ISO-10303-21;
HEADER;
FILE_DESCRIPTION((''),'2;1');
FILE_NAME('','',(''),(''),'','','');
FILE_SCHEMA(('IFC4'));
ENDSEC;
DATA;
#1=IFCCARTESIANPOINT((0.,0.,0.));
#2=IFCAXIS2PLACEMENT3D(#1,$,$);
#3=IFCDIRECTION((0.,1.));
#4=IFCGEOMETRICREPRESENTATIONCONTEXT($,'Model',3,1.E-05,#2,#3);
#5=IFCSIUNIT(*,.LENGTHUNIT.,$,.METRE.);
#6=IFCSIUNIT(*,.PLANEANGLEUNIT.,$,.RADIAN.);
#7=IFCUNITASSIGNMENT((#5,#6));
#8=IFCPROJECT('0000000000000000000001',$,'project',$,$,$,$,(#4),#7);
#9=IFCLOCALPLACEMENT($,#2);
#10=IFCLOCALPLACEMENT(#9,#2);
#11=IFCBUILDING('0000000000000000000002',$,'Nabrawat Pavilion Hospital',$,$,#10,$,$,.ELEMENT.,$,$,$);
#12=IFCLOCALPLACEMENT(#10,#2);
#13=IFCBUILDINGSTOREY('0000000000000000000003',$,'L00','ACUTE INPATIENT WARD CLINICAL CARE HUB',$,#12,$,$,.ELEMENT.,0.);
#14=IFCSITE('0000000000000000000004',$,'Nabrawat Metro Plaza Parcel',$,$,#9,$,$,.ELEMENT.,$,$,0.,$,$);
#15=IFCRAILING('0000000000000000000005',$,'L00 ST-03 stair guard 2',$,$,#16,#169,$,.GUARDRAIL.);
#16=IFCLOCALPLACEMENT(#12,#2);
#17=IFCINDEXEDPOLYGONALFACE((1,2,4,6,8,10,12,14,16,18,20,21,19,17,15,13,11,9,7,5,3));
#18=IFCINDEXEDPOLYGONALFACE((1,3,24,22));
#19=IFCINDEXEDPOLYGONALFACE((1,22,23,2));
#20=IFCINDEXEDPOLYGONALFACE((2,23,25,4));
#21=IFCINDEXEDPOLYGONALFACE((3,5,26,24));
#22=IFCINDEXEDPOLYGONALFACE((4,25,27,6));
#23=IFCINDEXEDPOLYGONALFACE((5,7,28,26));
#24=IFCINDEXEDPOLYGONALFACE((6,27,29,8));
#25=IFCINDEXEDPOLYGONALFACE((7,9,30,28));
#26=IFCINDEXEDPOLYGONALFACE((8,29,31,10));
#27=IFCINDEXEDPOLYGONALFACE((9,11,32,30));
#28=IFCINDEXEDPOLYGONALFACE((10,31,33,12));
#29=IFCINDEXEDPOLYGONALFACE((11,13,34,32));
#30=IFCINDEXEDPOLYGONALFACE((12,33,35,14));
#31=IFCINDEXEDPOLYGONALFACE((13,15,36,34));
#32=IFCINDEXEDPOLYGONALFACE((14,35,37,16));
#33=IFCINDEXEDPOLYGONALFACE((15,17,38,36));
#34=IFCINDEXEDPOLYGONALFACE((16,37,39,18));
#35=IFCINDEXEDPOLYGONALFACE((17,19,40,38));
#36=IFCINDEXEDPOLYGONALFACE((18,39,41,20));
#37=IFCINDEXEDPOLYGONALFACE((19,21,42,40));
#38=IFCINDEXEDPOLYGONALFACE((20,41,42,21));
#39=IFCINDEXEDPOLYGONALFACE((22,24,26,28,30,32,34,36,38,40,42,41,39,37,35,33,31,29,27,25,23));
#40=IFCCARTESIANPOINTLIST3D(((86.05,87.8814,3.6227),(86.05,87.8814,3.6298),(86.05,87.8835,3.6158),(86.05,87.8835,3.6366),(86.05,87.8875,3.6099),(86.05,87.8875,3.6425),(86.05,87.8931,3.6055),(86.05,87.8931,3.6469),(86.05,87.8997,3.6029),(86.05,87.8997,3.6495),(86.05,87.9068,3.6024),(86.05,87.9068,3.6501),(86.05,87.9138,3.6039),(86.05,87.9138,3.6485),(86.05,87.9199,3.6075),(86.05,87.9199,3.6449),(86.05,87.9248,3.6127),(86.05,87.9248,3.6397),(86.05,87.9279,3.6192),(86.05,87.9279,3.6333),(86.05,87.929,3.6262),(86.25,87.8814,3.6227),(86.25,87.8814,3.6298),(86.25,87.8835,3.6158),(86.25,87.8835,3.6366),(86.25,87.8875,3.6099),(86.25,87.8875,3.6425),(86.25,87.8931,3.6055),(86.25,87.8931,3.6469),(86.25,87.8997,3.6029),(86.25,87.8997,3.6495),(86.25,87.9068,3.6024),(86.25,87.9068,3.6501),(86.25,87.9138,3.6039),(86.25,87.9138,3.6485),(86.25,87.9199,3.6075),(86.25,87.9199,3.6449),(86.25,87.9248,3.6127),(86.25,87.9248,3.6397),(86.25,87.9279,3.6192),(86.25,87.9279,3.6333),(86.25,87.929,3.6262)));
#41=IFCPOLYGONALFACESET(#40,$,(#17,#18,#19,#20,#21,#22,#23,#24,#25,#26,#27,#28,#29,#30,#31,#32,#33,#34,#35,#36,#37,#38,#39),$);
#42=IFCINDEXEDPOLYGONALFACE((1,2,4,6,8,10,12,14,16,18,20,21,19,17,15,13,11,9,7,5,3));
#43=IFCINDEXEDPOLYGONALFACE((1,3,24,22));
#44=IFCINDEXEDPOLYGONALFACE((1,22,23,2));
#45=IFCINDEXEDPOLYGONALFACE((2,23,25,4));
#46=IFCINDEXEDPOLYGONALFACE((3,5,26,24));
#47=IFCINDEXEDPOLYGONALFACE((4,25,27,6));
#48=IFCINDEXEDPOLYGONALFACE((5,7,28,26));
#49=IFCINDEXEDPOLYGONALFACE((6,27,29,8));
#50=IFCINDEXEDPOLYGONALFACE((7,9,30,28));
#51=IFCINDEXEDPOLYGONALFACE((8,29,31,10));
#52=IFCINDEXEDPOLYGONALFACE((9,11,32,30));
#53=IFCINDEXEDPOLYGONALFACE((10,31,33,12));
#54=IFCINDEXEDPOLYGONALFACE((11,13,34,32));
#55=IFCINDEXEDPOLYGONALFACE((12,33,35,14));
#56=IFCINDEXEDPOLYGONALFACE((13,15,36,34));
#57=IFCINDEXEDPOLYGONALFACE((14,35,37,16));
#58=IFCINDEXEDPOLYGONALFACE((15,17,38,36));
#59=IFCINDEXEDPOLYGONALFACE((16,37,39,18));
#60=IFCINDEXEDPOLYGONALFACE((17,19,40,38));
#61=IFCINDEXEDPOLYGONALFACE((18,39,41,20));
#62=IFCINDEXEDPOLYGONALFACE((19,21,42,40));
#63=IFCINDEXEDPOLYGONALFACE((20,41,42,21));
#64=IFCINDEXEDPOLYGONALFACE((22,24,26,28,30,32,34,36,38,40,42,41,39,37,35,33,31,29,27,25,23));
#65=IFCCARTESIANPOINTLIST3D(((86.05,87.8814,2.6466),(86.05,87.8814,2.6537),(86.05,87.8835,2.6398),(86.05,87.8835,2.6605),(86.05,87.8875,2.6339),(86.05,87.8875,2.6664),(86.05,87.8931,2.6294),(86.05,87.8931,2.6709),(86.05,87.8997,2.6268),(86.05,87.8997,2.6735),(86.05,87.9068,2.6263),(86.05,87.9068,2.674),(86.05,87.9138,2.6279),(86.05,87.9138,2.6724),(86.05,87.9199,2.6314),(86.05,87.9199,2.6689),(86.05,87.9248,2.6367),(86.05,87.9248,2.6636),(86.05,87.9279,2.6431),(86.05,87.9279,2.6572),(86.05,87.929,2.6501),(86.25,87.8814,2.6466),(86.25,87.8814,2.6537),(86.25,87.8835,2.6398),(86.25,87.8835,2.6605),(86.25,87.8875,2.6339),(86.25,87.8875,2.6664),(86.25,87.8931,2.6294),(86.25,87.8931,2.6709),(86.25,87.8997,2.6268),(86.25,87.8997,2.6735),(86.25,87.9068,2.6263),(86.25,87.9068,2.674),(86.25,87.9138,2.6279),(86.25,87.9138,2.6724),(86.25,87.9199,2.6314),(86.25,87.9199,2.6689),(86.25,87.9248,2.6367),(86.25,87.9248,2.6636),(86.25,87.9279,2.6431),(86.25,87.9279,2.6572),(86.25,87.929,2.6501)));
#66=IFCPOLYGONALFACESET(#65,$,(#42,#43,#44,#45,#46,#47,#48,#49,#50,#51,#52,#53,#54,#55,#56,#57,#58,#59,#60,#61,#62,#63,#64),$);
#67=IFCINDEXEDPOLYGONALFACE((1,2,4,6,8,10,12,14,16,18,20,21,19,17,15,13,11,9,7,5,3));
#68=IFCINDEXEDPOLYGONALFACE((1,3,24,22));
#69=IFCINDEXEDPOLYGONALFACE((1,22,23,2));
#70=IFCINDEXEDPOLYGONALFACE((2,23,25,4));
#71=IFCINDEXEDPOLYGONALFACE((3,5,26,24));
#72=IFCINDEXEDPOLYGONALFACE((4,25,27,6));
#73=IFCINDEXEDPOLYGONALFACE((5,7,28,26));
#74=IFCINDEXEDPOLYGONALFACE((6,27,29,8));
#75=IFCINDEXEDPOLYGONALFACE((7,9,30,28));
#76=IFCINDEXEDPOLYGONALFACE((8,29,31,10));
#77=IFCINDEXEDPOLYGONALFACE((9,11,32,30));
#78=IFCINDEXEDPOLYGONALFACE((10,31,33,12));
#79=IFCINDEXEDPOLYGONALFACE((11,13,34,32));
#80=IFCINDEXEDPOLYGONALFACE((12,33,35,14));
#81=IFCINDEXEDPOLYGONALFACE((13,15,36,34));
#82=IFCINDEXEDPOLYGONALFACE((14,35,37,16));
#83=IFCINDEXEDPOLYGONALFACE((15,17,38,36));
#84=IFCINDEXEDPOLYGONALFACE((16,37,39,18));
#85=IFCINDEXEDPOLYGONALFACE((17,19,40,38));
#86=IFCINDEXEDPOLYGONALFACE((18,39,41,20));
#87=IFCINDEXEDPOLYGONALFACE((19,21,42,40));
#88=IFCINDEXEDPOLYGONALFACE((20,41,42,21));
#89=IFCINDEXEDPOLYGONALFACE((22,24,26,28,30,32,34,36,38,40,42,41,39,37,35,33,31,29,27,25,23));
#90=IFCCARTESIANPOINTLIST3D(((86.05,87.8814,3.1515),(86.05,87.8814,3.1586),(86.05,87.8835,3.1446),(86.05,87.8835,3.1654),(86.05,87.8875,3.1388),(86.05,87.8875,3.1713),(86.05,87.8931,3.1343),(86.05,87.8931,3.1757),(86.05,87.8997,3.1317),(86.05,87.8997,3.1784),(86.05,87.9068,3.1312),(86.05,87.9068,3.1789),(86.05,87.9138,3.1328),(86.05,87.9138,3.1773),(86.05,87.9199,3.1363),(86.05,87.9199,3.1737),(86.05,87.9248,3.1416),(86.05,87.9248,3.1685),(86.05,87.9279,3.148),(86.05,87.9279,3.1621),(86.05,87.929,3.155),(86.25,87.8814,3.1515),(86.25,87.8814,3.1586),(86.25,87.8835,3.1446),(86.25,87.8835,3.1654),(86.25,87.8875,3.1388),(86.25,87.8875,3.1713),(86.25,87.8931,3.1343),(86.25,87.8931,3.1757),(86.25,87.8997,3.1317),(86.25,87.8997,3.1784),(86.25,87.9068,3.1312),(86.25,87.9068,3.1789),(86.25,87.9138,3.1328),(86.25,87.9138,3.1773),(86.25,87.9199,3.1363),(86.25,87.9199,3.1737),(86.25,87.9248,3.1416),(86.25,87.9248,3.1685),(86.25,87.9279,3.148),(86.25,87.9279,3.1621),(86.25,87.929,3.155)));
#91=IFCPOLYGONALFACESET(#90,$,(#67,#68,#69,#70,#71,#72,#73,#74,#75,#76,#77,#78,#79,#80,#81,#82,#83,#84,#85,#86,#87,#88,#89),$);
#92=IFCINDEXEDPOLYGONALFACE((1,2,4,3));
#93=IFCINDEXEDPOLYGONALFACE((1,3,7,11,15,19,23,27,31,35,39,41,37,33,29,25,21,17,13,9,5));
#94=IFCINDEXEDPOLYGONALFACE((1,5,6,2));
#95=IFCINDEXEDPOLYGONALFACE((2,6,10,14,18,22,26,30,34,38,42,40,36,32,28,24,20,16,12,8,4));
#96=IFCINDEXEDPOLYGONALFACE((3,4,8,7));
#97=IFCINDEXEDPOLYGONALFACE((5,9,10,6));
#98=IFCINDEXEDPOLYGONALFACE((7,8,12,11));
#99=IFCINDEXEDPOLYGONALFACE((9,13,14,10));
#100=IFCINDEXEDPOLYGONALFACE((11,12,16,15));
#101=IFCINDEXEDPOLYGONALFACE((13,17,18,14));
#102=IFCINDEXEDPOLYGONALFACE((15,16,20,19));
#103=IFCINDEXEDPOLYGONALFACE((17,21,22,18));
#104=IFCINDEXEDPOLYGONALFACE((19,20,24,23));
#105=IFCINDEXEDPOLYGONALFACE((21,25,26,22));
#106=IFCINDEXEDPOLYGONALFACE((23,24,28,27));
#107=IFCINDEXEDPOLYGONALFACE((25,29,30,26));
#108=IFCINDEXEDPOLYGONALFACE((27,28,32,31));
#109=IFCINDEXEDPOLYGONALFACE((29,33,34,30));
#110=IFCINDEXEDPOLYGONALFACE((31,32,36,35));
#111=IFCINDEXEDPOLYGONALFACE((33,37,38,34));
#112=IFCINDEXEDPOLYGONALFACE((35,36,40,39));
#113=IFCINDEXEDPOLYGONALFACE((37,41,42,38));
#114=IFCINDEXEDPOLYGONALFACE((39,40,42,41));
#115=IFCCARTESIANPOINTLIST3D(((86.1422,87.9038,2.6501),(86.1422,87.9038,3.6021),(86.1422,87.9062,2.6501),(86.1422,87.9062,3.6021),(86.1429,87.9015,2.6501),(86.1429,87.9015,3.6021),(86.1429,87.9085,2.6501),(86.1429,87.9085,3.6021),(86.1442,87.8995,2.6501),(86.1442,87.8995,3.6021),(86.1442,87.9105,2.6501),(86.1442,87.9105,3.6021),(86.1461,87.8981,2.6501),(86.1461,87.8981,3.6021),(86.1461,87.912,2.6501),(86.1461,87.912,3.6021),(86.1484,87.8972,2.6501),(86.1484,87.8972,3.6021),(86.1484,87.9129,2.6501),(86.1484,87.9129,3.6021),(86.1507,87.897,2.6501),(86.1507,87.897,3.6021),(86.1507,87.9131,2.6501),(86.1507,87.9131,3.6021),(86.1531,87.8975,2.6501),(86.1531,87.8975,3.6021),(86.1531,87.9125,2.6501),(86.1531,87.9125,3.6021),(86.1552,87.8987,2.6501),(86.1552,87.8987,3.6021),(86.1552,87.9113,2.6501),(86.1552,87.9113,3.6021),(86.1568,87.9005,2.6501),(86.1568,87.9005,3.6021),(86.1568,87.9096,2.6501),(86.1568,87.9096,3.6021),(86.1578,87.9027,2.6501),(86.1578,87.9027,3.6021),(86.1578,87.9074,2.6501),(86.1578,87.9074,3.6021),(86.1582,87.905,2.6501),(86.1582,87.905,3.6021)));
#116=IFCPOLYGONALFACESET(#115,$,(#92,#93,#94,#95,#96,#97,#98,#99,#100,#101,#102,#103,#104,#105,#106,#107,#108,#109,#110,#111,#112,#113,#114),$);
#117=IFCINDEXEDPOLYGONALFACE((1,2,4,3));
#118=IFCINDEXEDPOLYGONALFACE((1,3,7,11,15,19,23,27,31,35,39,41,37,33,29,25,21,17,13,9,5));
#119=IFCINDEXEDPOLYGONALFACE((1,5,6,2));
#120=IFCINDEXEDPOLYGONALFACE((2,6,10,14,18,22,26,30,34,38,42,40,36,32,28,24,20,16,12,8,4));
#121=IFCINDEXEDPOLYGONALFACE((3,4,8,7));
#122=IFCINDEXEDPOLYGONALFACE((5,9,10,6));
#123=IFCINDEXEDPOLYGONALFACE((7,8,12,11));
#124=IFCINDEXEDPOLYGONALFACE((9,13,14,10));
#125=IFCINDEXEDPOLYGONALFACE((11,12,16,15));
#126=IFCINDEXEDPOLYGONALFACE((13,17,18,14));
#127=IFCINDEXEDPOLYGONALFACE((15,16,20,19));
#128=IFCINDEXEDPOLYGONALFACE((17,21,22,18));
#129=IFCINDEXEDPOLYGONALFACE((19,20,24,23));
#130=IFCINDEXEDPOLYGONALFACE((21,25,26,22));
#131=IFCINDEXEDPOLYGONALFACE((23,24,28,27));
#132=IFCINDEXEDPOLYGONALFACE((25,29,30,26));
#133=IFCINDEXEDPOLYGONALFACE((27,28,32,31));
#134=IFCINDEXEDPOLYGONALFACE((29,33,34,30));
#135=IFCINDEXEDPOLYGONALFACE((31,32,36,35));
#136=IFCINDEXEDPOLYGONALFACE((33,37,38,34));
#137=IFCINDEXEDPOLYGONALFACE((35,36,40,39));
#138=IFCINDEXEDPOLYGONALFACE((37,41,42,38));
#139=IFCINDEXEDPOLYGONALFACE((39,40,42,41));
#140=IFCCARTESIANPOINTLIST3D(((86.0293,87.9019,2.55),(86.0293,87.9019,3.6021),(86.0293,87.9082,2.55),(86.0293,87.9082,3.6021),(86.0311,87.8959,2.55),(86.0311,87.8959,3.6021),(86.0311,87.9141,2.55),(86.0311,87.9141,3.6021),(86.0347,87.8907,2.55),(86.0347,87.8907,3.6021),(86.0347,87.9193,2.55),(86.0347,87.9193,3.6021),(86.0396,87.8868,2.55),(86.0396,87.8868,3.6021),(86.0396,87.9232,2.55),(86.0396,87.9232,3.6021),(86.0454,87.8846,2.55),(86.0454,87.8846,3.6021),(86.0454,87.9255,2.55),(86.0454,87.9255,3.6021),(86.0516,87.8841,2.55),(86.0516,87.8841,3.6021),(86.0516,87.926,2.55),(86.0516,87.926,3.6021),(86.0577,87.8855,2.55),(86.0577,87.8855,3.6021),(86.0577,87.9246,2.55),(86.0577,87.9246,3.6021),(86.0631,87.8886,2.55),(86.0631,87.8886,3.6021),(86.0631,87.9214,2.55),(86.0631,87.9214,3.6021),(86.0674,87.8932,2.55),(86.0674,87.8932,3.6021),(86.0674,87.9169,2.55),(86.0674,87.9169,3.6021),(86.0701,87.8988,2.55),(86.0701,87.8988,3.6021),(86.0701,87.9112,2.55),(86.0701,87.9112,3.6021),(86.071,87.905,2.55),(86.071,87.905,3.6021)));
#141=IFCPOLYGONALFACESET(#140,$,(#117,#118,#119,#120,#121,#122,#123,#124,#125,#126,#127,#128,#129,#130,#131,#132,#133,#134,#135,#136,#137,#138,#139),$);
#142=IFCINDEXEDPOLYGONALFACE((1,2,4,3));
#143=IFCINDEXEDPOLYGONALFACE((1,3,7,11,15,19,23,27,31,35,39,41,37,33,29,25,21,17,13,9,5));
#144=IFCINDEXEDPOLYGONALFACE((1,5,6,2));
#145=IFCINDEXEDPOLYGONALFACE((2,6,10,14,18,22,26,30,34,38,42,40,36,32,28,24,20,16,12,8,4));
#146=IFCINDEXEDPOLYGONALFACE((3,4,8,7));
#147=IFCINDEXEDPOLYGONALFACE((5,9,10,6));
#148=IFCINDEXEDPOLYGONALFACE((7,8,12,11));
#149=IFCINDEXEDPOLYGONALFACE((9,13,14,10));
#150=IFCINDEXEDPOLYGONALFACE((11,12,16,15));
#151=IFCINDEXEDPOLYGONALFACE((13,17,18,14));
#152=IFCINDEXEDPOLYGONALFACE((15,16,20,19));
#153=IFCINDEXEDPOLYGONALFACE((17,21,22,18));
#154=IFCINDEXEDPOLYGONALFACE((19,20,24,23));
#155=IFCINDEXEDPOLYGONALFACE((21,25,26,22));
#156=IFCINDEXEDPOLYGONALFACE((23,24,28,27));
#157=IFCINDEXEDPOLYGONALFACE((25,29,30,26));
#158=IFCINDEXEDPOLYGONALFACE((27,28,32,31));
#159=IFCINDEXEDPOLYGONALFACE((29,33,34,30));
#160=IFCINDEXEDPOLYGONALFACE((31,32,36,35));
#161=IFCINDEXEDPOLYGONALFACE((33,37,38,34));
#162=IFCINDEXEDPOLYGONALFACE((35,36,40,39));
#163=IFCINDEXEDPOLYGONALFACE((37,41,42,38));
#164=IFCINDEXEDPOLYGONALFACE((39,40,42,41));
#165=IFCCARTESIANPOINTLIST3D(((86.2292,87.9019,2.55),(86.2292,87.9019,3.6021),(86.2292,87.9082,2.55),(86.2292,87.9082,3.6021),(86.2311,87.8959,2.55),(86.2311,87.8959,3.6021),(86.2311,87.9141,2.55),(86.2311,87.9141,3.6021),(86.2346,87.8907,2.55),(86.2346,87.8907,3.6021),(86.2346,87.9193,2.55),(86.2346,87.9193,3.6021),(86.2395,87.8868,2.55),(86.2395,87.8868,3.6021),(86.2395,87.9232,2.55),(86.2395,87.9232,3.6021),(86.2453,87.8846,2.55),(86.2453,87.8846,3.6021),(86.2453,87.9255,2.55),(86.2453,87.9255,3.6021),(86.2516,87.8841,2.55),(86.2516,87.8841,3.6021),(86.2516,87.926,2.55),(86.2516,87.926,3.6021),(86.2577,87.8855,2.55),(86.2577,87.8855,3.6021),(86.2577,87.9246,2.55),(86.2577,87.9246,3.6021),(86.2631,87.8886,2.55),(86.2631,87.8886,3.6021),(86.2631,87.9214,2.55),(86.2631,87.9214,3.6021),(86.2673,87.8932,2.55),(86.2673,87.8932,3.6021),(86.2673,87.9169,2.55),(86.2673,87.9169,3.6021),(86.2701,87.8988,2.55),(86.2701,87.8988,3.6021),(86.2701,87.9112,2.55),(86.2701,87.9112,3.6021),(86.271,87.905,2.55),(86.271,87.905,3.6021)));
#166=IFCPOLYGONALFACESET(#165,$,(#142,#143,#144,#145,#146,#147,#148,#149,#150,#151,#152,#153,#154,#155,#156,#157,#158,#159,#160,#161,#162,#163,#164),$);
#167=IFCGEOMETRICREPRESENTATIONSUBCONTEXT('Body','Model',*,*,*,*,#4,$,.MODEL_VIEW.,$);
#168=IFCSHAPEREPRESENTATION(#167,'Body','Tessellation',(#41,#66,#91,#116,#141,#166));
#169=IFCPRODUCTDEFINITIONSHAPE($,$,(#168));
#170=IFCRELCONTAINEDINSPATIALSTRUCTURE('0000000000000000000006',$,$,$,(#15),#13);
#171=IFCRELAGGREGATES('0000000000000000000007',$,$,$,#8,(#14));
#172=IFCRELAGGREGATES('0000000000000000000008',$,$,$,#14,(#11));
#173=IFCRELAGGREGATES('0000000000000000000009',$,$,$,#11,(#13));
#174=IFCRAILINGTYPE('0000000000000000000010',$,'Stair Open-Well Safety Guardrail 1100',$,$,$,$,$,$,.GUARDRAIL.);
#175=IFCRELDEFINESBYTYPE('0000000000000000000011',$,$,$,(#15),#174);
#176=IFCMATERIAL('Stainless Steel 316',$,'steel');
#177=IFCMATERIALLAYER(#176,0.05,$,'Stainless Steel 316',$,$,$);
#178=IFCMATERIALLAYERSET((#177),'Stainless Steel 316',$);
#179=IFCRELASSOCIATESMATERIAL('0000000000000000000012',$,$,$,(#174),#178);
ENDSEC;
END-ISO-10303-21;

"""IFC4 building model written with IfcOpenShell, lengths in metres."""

from ifc_helpers import new_model, si_unit, direction, frame, origin, origin_2d, place, context, subcontext, project, spatial, circle, extrude, material, layer, layer_set, type_object, element, save


model = new_model("IFC4")

# Units and contexts
model_context = context("Model", 3, precision=1e-05, world=origin(), true_north=direction((0.0, 1.0)))
body_context = subcontext(model_context, "Body", "Model", "MODEL_VIEW")
ifc_project = project(units=[si_unit("LENGTHUNIT", "METRE"), si_unit("PLANEANGLEUNIT", "RADIAN")], contexts=[model_context])

# Site, building, storey
site_placement = place(None, origin())
site = spatial("IfcSite", under=ifc_project, at=site_placement, Name="Nabrawat Metro Plaza Parcel", CompositionType="ELEMENT", RefElevation=0.0)
building_placement = place(site_placement, origin())
building = spatial("IfcBuilding", under=site, at=building_placement, Name="Nabrawat Pavilion Hospital", CompositionType="ELEMENT")
storey_placement = place(building_placement, origin())
storey = spatial("IfcBuildingStorey", under=building, at=storey_placement, Name="L00", Description="ACUTE INPATIENT WARD CLINICAL CARE HUB", CompositionType="ELEMENT", Elevation=0.0)

# Railing
ifc_material_1 = material(Name="Stainless Steel 316", Category="steel")
ifc_layer_1 = layer(ifc_material_1, 0.05, Name="Stainless Steel 316")
ifc_layer_set_1 = layer_set([ifc_layer_1], Name="Stainless Steel 316")
railing_type_1 = type_object("IfcRailingType", Name="Stair Open-Well Safety Guardrail 1100", PredefinedType="GUARDRAIL", material=ifc_layer_set_1)
railing_1_placement = place(storey_placement, frame((86.05, 87.905, 2.55)))
element("IfcRailing", 1, at=railing_1_placement, inside=storey, type_object=railing_type_1, Name="L00 ST-03 stair guard 2", PredefinedType="GUARDRAIL", context=body_context, shape_type="SweptSolid", body=[
    extrude(circle(Radius=0.0239, at=origin_2d()), frame((0.0, 0.0, 1.0762), z_axis=(1.0, 0.0, 0.0), x_axis=(0.0, 1.0, 0.0)), (0.0, 0.0, 1.0), 0.2),
    extrude(circle(Radius=0.0239, at=origin_2d()), frame((0.0, 0.0, 0.1001), z_axis=(1.0, 0.0, 0.0), x_axis=(0.0, 1.0, 0.0)), (0.0, 0.0, 1.0), 0.2),
    extrude(circle(Radius=0.0239, at=origin_2d()), frame((0.0, 0.0, 0.605), z_axis=(1.0, 0.0, 0.0), x_axis=(0.0, 1.0, 0.0)), (0.0, 0.0, 1.0), 0.2),
    extrude(circle(Radius=0.0081, at=origin_2d()), frame((0.1001, 0.0, 0.1001)), (0.0, 0.0, 1.0), 0.9519),
    extrude(circle(Radius=0.021, at=origin_2d()), origin(), (0.0, 0.0, 1.0), 1.052),
    extrude(circle(Radius=0.021, at=origin_2d()), frame((0.2, 0.0, 0.0)), (0.0, 0.0, 1.0), 1.052),
])

save(model, "model.ifc")
